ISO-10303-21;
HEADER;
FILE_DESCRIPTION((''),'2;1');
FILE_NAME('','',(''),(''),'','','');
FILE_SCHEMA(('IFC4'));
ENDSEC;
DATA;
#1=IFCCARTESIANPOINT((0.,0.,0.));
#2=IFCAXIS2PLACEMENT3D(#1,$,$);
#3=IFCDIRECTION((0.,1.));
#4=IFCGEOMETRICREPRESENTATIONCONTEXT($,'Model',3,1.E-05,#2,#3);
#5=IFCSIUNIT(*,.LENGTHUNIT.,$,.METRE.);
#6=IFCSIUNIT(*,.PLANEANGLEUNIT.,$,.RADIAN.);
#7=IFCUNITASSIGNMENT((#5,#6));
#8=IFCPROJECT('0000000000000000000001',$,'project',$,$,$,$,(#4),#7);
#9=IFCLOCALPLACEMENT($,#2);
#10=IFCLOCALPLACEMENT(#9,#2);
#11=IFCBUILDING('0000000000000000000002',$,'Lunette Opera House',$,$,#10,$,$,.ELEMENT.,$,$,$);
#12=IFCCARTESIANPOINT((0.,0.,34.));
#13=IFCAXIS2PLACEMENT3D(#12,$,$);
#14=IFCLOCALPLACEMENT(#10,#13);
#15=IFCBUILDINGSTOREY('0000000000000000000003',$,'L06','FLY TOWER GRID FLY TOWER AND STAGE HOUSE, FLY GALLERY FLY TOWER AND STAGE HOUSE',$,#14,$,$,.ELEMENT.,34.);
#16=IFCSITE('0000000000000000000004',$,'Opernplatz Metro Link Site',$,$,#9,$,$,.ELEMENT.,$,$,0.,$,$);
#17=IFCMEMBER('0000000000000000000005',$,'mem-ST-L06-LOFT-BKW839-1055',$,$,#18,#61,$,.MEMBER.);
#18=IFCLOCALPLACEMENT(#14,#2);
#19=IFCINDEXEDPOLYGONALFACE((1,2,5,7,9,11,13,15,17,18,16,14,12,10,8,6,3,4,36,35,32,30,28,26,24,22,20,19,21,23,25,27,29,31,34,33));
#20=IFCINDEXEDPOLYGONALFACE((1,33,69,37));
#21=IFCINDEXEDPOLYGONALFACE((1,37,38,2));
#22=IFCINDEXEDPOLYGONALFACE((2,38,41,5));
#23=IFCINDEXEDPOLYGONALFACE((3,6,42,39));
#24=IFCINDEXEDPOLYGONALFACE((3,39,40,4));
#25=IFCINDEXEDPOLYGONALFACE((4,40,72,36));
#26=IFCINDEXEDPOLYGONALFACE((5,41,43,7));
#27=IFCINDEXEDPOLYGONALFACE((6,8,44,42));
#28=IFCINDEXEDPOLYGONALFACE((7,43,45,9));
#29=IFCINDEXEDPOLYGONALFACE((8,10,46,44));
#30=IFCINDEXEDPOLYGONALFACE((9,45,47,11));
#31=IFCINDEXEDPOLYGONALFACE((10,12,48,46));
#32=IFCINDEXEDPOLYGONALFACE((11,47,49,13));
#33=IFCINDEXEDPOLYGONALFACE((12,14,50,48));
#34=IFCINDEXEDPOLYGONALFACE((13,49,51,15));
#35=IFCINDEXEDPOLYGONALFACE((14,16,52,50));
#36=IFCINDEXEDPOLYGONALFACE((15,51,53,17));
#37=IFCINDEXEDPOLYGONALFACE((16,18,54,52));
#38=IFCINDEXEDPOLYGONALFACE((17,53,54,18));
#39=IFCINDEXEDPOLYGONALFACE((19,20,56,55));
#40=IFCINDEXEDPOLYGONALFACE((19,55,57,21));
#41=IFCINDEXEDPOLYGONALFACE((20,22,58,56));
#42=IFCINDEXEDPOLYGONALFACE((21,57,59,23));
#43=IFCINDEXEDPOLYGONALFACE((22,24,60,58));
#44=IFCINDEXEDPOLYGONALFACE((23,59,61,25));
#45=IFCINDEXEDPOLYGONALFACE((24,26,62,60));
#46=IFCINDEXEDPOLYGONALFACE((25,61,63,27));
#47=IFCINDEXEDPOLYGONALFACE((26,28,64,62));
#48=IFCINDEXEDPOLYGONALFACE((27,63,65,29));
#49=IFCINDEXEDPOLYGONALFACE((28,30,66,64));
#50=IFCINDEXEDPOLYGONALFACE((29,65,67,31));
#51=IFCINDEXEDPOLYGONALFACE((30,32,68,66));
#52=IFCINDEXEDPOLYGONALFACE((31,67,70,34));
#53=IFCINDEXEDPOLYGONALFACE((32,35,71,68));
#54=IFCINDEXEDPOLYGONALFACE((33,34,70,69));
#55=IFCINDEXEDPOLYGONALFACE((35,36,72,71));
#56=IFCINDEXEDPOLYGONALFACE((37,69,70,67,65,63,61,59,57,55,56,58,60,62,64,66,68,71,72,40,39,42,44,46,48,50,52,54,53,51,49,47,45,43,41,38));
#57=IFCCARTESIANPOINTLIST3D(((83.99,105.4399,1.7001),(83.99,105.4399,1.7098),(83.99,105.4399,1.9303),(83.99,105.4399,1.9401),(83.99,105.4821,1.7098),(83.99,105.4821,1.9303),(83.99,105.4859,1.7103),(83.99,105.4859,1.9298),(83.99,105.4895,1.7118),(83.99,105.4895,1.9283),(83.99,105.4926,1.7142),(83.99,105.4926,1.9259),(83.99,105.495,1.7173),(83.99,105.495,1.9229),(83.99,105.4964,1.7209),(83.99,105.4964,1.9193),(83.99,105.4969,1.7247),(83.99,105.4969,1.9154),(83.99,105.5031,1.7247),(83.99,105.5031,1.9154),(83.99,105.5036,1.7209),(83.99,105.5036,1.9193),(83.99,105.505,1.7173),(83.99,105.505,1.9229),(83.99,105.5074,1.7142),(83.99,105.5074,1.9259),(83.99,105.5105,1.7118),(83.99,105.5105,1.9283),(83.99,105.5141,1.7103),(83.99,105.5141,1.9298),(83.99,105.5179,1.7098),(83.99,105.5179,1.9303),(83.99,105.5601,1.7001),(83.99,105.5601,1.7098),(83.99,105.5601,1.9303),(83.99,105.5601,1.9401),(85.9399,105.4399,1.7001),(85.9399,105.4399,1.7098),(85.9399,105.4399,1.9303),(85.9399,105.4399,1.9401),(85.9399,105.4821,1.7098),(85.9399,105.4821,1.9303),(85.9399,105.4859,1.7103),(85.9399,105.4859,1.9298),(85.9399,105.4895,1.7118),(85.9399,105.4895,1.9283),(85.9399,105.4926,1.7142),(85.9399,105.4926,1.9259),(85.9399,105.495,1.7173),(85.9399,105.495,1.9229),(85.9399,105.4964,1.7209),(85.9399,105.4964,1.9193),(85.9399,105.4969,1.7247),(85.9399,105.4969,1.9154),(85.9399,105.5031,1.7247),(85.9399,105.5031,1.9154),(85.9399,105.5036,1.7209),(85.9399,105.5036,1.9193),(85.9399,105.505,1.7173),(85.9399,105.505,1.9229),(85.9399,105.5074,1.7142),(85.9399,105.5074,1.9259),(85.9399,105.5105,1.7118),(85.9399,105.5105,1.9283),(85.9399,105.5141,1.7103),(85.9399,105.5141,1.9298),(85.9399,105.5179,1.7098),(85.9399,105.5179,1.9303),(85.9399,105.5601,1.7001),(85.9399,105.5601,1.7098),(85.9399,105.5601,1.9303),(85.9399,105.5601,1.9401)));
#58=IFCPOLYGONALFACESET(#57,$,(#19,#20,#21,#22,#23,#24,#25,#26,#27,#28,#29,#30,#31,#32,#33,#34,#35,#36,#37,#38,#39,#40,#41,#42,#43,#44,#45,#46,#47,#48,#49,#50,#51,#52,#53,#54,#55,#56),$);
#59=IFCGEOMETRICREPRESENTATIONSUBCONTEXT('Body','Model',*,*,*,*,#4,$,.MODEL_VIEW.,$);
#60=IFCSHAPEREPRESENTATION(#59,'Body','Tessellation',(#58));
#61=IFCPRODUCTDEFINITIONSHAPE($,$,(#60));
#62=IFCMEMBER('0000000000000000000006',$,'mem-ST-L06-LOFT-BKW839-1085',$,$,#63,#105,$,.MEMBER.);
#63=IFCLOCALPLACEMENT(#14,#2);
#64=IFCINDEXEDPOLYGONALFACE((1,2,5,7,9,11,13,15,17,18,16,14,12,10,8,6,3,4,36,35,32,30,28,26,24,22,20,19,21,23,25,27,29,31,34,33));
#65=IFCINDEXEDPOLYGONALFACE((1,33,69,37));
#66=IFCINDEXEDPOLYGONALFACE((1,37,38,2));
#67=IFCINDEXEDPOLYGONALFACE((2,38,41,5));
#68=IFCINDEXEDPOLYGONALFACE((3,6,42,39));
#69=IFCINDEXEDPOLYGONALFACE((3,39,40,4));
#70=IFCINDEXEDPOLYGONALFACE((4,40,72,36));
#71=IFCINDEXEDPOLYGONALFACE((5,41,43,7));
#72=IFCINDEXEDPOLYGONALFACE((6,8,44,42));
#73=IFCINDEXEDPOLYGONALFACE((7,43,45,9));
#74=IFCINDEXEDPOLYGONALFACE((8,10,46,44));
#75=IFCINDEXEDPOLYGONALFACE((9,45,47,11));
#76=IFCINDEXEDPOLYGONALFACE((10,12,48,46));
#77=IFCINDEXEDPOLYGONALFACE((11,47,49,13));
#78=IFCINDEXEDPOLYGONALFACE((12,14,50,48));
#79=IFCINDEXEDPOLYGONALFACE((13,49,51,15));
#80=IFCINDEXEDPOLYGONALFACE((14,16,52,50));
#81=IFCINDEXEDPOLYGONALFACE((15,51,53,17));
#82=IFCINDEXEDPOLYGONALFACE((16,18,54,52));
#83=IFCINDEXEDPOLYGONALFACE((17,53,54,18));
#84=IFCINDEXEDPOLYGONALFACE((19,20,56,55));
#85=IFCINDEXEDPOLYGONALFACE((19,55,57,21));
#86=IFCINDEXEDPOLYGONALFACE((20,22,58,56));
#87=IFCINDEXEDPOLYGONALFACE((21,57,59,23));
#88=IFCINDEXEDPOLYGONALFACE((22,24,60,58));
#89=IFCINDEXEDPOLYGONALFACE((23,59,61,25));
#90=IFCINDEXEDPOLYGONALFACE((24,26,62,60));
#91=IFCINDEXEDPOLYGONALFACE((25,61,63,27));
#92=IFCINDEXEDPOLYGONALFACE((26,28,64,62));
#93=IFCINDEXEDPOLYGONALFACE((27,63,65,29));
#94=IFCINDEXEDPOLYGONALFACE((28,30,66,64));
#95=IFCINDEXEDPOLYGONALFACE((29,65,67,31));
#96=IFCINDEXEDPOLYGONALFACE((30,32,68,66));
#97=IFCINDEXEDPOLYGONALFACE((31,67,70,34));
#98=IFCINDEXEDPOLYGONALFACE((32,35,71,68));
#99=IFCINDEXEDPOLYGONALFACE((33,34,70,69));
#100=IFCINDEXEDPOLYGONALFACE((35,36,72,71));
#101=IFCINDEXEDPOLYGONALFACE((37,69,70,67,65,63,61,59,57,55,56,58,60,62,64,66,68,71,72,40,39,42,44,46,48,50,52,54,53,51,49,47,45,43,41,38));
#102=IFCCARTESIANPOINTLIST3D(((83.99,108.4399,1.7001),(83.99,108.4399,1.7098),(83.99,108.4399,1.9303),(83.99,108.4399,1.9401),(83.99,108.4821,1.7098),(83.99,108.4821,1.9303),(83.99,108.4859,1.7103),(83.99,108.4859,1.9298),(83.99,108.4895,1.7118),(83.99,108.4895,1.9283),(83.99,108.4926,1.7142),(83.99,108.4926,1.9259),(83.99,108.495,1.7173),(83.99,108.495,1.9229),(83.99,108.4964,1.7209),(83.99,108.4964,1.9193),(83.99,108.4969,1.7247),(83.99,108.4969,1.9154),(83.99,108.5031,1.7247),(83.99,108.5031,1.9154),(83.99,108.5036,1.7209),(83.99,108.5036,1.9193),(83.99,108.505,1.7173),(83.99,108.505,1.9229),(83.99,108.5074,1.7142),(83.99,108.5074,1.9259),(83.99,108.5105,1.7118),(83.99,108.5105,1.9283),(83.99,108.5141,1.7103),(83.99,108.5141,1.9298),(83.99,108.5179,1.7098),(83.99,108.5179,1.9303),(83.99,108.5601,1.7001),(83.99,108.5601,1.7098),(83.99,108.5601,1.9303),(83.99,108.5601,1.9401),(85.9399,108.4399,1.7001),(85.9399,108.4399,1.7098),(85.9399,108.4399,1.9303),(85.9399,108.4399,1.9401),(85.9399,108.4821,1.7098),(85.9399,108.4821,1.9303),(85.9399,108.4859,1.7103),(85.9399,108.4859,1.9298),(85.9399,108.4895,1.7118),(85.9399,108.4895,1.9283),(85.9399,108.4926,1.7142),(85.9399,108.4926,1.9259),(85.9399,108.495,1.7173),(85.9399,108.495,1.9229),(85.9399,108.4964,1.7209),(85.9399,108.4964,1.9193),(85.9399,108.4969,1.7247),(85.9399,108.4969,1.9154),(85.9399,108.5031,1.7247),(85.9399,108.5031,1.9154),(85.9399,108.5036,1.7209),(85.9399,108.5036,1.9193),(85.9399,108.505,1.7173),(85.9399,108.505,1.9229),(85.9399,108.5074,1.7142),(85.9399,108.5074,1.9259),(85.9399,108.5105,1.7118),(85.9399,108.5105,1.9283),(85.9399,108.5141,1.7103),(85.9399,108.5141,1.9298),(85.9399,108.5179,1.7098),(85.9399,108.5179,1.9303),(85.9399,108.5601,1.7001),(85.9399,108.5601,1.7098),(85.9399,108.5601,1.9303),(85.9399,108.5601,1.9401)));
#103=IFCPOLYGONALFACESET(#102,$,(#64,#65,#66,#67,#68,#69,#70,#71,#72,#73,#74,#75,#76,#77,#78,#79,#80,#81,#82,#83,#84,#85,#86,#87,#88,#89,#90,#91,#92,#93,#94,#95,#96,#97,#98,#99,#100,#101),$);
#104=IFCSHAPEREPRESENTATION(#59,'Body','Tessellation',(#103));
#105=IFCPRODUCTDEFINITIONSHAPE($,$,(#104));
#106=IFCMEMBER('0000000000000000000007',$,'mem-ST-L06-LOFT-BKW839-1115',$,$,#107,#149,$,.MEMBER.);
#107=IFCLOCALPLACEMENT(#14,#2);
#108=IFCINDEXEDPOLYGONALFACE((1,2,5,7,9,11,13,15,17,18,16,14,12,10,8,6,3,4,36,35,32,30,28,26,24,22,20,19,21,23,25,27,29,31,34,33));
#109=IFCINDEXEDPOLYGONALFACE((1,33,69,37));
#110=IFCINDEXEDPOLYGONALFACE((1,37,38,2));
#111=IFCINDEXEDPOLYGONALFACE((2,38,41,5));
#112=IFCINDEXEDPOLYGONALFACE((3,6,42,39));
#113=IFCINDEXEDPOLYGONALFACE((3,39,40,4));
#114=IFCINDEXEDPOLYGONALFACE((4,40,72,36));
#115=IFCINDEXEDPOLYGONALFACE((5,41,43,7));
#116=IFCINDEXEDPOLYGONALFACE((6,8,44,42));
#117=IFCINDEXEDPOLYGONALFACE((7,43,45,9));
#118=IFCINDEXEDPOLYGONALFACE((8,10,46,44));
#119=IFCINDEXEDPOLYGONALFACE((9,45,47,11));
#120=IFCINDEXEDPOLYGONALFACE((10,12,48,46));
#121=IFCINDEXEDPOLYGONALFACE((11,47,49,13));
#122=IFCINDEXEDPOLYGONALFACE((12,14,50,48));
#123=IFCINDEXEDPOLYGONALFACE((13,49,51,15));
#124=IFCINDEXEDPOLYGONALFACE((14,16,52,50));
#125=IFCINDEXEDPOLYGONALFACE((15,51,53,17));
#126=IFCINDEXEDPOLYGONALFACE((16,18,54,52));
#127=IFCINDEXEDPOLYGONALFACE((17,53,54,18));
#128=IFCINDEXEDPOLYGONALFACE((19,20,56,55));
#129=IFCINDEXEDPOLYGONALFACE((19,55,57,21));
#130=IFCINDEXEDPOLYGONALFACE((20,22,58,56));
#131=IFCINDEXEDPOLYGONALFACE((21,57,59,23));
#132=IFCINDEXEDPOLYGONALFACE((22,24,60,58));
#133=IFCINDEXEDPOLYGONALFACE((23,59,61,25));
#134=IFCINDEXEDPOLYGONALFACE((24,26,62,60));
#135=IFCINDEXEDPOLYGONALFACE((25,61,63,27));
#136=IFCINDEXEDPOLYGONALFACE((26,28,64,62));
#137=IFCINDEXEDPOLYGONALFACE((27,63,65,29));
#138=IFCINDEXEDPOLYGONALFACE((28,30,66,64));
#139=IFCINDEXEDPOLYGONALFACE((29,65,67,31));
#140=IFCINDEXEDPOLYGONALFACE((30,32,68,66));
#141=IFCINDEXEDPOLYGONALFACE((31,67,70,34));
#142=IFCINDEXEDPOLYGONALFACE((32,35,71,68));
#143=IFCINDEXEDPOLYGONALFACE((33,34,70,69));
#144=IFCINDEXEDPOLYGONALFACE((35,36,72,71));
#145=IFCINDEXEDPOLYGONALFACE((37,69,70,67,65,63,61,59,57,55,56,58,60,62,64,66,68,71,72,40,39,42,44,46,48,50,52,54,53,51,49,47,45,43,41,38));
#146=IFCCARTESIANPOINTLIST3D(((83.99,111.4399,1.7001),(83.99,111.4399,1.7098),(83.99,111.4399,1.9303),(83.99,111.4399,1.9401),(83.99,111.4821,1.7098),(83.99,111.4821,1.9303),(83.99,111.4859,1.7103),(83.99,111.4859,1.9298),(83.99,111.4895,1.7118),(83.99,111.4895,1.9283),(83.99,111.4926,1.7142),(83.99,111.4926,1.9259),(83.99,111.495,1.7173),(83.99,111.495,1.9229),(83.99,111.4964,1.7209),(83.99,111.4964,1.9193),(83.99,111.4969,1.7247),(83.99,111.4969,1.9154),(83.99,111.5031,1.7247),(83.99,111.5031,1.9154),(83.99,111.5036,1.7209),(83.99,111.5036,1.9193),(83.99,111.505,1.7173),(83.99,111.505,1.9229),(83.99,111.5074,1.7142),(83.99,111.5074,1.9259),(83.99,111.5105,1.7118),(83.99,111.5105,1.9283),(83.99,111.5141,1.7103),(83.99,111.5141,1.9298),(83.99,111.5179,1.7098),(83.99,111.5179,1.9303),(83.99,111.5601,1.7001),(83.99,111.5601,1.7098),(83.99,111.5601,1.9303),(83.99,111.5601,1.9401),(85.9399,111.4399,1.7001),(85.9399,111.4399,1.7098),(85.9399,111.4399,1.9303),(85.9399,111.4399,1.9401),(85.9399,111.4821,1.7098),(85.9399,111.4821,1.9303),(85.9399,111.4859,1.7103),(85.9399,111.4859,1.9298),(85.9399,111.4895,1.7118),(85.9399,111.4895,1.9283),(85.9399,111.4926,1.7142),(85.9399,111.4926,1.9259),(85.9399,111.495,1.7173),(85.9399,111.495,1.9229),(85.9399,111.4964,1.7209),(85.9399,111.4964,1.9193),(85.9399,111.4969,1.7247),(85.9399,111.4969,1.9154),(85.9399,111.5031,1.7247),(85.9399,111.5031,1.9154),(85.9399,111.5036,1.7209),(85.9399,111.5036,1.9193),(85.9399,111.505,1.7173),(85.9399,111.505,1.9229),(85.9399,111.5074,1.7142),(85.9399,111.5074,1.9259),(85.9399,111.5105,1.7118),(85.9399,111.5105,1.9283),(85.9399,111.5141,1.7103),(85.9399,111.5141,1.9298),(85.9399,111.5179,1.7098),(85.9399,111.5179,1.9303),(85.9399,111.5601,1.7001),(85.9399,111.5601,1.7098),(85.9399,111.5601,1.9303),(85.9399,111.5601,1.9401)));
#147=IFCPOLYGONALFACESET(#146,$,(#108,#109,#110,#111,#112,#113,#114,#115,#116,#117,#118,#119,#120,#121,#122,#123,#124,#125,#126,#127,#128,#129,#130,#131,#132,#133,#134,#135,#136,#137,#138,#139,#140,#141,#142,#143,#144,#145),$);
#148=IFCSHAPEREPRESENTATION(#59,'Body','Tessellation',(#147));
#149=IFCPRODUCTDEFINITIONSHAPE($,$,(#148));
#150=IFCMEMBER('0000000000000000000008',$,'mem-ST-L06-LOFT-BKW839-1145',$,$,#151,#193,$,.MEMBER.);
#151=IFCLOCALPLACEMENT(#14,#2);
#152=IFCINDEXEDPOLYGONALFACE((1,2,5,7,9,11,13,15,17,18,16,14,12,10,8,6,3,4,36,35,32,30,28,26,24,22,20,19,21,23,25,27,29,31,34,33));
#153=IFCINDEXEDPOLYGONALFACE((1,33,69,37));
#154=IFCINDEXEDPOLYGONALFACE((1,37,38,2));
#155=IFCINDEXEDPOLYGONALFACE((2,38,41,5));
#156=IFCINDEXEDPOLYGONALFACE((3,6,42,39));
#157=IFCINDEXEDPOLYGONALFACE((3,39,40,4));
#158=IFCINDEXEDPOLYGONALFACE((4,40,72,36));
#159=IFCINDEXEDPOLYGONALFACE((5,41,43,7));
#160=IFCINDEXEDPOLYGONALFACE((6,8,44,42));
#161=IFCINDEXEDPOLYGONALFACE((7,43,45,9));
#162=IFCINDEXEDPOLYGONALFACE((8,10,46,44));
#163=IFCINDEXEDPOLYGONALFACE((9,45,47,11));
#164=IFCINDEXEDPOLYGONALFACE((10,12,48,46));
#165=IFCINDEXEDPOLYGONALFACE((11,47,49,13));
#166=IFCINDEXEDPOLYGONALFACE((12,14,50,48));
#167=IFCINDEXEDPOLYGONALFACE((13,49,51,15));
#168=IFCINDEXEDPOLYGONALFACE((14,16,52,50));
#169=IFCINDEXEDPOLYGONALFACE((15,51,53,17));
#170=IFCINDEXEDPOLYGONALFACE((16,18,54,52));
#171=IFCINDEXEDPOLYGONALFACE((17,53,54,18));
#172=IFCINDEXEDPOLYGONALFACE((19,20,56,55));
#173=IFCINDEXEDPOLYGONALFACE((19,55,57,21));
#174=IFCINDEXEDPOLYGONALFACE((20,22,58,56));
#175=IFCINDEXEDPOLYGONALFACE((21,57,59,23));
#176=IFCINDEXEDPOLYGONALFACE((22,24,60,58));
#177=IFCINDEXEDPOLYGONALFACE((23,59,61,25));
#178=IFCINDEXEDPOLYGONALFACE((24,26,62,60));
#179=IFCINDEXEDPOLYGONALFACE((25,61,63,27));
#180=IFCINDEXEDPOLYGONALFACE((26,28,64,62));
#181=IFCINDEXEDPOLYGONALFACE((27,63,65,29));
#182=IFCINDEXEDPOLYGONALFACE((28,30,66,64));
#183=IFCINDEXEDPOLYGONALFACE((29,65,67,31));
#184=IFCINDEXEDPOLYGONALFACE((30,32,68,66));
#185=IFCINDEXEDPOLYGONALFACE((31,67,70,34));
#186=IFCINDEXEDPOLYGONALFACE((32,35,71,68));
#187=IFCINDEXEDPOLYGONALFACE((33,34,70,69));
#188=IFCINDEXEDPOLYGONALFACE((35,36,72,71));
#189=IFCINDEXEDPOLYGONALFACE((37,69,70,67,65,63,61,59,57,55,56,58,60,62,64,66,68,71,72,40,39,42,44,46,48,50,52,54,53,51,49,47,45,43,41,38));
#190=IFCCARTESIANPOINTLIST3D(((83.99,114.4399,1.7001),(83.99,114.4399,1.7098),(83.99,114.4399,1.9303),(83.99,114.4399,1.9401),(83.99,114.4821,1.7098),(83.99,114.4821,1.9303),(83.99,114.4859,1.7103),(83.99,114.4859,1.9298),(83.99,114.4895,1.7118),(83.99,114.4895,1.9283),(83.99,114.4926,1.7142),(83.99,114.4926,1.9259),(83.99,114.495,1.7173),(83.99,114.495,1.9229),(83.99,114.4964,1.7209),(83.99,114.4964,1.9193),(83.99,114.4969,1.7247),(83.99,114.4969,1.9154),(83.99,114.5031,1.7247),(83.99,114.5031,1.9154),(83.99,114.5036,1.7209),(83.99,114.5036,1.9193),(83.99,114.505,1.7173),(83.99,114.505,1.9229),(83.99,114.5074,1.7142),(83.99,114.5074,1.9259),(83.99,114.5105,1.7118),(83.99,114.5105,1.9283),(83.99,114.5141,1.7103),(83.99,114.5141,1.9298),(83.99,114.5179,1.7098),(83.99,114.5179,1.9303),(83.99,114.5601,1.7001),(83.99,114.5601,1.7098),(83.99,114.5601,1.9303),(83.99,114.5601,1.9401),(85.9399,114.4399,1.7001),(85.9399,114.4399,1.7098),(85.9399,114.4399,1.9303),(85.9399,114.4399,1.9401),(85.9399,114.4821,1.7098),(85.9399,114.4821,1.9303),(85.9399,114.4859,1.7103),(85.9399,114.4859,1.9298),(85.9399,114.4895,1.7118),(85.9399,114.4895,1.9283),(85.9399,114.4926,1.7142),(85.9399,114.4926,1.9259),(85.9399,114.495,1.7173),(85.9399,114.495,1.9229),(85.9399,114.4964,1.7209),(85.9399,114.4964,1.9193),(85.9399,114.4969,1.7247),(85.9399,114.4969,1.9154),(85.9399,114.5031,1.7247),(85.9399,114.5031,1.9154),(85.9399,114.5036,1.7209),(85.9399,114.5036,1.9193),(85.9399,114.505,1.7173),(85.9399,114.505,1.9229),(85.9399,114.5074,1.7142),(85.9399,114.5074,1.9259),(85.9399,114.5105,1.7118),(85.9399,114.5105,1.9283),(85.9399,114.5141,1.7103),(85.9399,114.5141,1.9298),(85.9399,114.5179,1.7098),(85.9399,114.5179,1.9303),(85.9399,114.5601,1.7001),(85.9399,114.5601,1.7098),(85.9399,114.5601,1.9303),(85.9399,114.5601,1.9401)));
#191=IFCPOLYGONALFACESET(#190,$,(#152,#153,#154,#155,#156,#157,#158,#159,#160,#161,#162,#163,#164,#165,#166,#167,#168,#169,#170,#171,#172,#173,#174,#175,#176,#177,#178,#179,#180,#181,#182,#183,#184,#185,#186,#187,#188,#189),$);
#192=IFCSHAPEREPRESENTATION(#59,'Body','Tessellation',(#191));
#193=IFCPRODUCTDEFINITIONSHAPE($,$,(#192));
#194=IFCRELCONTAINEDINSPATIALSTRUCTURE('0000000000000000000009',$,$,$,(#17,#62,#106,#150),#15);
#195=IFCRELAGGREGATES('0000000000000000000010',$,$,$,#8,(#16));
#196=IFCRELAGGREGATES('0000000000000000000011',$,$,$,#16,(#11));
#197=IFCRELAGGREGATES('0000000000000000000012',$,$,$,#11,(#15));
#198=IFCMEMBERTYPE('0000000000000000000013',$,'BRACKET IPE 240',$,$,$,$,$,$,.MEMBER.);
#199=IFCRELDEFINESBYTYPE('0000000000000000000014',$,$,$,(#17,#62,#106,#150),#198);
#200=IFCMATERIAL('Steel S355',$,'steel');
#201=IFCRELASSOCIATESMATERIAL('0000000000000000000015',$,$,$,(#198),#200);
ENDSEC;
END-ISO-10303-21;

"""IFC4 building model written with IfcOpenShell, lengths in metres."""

from ifc_helpers import new_model, si_unit, direction, frame, origin, origin_2d, place, context, subcontext, project, spatial, i_section, extrude, material, material_profile, profile_set, type_object, element, save


model = new_model("IFC4")

# Units and contexts
model_context = context("Model", 3, precision=1e-05, world=origin(), true_north=direction((0.0, 1.0)))
body_context = subcontext(model_context, "Body", "Model", "MODEL_VIEW")
ifc_project = project(units=[si_unit("LENGTHUNIT", "METRE"), si_unit("PLANEANGLEUNIT", "RADIAN")], contexts=[model_context])

# Site, building, storey
site_placement = place(None, origin())
site = spatial("IfcSite", under=ifc_project, at=site_placement, Name="Opernplatz Metro Link Site", CompositionType="ELEMENT", RefElevation=0.0)
building_placement = place(site_placement, origin())
building = spatial("IfcBuilding", under=site, at=building_placement, Name="Lunette Opera House", CompositionType="ELEMENT")
storey_placement = place(building_placement, frame((0.0, 0.0, 34.0)))
storey = spatial("IfcBuildingStorey", under=building, at=storey_placement, Name="L06", Description="FLY TOWER GRID FLY TOWER AND STAGE HOUSE, FLY GALLERY FLY TOWER AND STAGE HOUSE", CompositionType="ELEMENT", Elevation=34.0)

# Members
ifc_material_1 = material(Name="Steel S355", Category="steel")
ifc_material_profile_1 = material_profile(ifc_material_1, i_section(OverallWidth=0.1201, OverallDepth=0.24, WebThickness=0.0061, FlangeThickness=0.0098, FilletRadius=0.0149, at=origin_2d()), Name="IPE 240")
ifc_profile_set_1 = profile_set([ifc_material_profile_1], Name="Steel S355")
member_type = type_object("IfcMemberType", Name="BRACKET IPE 240", PredefinedType="MEMBER", material=ifc_profile_set_1)
for number, where, z_axis, x_axis, name in (
    (1, (83.99, 105.5, 1.8201), (1.0, 0.0, 0.0), (0.0, 1.0, 0.0), "mem-ST-L06-LOFT-BKW839-1055"),
    (2, (83.99, 108.5, 1.8201), (1.0, 0.0, 0.0), (0.0, 1.0, 0.0), "mem-ST-L06-LOFT-BKW839-1085"),
    (3, (83.99, 111.5, 1.8201), (1.0, 0.0, 0.0), (0.0, 1.0, 0.0), "mem-ST-L06-LOFT-BKW839-1115"),
    (4, (83.99, 114.5, 1.8201), (1.0, 0.0, 0.0), (0.0, 1.0, 0.0), "mem-ST-L06-LOFT-BKW839-1145"),
):
    element("IfcMember", number, at=place(storey_placement, frame(where, z_axis=z_axis, x_axis=x_axis)), inside=storey, type_object=member_type, Name=name, PredefinedType="MEMBER", context=body_context, shape_type="SweptSolid", body=[
        extrude(i_section(OverallWidth=0.1201, OverallDepth=0.24, WebThickness=0.0061, FlangeThickness=0.0098, FilletRadius=0.0149, at=origin_2d()), origin(), (0.0, 0.0, 1.0), 1.95),
    ])

save(model, "model.ifc")
